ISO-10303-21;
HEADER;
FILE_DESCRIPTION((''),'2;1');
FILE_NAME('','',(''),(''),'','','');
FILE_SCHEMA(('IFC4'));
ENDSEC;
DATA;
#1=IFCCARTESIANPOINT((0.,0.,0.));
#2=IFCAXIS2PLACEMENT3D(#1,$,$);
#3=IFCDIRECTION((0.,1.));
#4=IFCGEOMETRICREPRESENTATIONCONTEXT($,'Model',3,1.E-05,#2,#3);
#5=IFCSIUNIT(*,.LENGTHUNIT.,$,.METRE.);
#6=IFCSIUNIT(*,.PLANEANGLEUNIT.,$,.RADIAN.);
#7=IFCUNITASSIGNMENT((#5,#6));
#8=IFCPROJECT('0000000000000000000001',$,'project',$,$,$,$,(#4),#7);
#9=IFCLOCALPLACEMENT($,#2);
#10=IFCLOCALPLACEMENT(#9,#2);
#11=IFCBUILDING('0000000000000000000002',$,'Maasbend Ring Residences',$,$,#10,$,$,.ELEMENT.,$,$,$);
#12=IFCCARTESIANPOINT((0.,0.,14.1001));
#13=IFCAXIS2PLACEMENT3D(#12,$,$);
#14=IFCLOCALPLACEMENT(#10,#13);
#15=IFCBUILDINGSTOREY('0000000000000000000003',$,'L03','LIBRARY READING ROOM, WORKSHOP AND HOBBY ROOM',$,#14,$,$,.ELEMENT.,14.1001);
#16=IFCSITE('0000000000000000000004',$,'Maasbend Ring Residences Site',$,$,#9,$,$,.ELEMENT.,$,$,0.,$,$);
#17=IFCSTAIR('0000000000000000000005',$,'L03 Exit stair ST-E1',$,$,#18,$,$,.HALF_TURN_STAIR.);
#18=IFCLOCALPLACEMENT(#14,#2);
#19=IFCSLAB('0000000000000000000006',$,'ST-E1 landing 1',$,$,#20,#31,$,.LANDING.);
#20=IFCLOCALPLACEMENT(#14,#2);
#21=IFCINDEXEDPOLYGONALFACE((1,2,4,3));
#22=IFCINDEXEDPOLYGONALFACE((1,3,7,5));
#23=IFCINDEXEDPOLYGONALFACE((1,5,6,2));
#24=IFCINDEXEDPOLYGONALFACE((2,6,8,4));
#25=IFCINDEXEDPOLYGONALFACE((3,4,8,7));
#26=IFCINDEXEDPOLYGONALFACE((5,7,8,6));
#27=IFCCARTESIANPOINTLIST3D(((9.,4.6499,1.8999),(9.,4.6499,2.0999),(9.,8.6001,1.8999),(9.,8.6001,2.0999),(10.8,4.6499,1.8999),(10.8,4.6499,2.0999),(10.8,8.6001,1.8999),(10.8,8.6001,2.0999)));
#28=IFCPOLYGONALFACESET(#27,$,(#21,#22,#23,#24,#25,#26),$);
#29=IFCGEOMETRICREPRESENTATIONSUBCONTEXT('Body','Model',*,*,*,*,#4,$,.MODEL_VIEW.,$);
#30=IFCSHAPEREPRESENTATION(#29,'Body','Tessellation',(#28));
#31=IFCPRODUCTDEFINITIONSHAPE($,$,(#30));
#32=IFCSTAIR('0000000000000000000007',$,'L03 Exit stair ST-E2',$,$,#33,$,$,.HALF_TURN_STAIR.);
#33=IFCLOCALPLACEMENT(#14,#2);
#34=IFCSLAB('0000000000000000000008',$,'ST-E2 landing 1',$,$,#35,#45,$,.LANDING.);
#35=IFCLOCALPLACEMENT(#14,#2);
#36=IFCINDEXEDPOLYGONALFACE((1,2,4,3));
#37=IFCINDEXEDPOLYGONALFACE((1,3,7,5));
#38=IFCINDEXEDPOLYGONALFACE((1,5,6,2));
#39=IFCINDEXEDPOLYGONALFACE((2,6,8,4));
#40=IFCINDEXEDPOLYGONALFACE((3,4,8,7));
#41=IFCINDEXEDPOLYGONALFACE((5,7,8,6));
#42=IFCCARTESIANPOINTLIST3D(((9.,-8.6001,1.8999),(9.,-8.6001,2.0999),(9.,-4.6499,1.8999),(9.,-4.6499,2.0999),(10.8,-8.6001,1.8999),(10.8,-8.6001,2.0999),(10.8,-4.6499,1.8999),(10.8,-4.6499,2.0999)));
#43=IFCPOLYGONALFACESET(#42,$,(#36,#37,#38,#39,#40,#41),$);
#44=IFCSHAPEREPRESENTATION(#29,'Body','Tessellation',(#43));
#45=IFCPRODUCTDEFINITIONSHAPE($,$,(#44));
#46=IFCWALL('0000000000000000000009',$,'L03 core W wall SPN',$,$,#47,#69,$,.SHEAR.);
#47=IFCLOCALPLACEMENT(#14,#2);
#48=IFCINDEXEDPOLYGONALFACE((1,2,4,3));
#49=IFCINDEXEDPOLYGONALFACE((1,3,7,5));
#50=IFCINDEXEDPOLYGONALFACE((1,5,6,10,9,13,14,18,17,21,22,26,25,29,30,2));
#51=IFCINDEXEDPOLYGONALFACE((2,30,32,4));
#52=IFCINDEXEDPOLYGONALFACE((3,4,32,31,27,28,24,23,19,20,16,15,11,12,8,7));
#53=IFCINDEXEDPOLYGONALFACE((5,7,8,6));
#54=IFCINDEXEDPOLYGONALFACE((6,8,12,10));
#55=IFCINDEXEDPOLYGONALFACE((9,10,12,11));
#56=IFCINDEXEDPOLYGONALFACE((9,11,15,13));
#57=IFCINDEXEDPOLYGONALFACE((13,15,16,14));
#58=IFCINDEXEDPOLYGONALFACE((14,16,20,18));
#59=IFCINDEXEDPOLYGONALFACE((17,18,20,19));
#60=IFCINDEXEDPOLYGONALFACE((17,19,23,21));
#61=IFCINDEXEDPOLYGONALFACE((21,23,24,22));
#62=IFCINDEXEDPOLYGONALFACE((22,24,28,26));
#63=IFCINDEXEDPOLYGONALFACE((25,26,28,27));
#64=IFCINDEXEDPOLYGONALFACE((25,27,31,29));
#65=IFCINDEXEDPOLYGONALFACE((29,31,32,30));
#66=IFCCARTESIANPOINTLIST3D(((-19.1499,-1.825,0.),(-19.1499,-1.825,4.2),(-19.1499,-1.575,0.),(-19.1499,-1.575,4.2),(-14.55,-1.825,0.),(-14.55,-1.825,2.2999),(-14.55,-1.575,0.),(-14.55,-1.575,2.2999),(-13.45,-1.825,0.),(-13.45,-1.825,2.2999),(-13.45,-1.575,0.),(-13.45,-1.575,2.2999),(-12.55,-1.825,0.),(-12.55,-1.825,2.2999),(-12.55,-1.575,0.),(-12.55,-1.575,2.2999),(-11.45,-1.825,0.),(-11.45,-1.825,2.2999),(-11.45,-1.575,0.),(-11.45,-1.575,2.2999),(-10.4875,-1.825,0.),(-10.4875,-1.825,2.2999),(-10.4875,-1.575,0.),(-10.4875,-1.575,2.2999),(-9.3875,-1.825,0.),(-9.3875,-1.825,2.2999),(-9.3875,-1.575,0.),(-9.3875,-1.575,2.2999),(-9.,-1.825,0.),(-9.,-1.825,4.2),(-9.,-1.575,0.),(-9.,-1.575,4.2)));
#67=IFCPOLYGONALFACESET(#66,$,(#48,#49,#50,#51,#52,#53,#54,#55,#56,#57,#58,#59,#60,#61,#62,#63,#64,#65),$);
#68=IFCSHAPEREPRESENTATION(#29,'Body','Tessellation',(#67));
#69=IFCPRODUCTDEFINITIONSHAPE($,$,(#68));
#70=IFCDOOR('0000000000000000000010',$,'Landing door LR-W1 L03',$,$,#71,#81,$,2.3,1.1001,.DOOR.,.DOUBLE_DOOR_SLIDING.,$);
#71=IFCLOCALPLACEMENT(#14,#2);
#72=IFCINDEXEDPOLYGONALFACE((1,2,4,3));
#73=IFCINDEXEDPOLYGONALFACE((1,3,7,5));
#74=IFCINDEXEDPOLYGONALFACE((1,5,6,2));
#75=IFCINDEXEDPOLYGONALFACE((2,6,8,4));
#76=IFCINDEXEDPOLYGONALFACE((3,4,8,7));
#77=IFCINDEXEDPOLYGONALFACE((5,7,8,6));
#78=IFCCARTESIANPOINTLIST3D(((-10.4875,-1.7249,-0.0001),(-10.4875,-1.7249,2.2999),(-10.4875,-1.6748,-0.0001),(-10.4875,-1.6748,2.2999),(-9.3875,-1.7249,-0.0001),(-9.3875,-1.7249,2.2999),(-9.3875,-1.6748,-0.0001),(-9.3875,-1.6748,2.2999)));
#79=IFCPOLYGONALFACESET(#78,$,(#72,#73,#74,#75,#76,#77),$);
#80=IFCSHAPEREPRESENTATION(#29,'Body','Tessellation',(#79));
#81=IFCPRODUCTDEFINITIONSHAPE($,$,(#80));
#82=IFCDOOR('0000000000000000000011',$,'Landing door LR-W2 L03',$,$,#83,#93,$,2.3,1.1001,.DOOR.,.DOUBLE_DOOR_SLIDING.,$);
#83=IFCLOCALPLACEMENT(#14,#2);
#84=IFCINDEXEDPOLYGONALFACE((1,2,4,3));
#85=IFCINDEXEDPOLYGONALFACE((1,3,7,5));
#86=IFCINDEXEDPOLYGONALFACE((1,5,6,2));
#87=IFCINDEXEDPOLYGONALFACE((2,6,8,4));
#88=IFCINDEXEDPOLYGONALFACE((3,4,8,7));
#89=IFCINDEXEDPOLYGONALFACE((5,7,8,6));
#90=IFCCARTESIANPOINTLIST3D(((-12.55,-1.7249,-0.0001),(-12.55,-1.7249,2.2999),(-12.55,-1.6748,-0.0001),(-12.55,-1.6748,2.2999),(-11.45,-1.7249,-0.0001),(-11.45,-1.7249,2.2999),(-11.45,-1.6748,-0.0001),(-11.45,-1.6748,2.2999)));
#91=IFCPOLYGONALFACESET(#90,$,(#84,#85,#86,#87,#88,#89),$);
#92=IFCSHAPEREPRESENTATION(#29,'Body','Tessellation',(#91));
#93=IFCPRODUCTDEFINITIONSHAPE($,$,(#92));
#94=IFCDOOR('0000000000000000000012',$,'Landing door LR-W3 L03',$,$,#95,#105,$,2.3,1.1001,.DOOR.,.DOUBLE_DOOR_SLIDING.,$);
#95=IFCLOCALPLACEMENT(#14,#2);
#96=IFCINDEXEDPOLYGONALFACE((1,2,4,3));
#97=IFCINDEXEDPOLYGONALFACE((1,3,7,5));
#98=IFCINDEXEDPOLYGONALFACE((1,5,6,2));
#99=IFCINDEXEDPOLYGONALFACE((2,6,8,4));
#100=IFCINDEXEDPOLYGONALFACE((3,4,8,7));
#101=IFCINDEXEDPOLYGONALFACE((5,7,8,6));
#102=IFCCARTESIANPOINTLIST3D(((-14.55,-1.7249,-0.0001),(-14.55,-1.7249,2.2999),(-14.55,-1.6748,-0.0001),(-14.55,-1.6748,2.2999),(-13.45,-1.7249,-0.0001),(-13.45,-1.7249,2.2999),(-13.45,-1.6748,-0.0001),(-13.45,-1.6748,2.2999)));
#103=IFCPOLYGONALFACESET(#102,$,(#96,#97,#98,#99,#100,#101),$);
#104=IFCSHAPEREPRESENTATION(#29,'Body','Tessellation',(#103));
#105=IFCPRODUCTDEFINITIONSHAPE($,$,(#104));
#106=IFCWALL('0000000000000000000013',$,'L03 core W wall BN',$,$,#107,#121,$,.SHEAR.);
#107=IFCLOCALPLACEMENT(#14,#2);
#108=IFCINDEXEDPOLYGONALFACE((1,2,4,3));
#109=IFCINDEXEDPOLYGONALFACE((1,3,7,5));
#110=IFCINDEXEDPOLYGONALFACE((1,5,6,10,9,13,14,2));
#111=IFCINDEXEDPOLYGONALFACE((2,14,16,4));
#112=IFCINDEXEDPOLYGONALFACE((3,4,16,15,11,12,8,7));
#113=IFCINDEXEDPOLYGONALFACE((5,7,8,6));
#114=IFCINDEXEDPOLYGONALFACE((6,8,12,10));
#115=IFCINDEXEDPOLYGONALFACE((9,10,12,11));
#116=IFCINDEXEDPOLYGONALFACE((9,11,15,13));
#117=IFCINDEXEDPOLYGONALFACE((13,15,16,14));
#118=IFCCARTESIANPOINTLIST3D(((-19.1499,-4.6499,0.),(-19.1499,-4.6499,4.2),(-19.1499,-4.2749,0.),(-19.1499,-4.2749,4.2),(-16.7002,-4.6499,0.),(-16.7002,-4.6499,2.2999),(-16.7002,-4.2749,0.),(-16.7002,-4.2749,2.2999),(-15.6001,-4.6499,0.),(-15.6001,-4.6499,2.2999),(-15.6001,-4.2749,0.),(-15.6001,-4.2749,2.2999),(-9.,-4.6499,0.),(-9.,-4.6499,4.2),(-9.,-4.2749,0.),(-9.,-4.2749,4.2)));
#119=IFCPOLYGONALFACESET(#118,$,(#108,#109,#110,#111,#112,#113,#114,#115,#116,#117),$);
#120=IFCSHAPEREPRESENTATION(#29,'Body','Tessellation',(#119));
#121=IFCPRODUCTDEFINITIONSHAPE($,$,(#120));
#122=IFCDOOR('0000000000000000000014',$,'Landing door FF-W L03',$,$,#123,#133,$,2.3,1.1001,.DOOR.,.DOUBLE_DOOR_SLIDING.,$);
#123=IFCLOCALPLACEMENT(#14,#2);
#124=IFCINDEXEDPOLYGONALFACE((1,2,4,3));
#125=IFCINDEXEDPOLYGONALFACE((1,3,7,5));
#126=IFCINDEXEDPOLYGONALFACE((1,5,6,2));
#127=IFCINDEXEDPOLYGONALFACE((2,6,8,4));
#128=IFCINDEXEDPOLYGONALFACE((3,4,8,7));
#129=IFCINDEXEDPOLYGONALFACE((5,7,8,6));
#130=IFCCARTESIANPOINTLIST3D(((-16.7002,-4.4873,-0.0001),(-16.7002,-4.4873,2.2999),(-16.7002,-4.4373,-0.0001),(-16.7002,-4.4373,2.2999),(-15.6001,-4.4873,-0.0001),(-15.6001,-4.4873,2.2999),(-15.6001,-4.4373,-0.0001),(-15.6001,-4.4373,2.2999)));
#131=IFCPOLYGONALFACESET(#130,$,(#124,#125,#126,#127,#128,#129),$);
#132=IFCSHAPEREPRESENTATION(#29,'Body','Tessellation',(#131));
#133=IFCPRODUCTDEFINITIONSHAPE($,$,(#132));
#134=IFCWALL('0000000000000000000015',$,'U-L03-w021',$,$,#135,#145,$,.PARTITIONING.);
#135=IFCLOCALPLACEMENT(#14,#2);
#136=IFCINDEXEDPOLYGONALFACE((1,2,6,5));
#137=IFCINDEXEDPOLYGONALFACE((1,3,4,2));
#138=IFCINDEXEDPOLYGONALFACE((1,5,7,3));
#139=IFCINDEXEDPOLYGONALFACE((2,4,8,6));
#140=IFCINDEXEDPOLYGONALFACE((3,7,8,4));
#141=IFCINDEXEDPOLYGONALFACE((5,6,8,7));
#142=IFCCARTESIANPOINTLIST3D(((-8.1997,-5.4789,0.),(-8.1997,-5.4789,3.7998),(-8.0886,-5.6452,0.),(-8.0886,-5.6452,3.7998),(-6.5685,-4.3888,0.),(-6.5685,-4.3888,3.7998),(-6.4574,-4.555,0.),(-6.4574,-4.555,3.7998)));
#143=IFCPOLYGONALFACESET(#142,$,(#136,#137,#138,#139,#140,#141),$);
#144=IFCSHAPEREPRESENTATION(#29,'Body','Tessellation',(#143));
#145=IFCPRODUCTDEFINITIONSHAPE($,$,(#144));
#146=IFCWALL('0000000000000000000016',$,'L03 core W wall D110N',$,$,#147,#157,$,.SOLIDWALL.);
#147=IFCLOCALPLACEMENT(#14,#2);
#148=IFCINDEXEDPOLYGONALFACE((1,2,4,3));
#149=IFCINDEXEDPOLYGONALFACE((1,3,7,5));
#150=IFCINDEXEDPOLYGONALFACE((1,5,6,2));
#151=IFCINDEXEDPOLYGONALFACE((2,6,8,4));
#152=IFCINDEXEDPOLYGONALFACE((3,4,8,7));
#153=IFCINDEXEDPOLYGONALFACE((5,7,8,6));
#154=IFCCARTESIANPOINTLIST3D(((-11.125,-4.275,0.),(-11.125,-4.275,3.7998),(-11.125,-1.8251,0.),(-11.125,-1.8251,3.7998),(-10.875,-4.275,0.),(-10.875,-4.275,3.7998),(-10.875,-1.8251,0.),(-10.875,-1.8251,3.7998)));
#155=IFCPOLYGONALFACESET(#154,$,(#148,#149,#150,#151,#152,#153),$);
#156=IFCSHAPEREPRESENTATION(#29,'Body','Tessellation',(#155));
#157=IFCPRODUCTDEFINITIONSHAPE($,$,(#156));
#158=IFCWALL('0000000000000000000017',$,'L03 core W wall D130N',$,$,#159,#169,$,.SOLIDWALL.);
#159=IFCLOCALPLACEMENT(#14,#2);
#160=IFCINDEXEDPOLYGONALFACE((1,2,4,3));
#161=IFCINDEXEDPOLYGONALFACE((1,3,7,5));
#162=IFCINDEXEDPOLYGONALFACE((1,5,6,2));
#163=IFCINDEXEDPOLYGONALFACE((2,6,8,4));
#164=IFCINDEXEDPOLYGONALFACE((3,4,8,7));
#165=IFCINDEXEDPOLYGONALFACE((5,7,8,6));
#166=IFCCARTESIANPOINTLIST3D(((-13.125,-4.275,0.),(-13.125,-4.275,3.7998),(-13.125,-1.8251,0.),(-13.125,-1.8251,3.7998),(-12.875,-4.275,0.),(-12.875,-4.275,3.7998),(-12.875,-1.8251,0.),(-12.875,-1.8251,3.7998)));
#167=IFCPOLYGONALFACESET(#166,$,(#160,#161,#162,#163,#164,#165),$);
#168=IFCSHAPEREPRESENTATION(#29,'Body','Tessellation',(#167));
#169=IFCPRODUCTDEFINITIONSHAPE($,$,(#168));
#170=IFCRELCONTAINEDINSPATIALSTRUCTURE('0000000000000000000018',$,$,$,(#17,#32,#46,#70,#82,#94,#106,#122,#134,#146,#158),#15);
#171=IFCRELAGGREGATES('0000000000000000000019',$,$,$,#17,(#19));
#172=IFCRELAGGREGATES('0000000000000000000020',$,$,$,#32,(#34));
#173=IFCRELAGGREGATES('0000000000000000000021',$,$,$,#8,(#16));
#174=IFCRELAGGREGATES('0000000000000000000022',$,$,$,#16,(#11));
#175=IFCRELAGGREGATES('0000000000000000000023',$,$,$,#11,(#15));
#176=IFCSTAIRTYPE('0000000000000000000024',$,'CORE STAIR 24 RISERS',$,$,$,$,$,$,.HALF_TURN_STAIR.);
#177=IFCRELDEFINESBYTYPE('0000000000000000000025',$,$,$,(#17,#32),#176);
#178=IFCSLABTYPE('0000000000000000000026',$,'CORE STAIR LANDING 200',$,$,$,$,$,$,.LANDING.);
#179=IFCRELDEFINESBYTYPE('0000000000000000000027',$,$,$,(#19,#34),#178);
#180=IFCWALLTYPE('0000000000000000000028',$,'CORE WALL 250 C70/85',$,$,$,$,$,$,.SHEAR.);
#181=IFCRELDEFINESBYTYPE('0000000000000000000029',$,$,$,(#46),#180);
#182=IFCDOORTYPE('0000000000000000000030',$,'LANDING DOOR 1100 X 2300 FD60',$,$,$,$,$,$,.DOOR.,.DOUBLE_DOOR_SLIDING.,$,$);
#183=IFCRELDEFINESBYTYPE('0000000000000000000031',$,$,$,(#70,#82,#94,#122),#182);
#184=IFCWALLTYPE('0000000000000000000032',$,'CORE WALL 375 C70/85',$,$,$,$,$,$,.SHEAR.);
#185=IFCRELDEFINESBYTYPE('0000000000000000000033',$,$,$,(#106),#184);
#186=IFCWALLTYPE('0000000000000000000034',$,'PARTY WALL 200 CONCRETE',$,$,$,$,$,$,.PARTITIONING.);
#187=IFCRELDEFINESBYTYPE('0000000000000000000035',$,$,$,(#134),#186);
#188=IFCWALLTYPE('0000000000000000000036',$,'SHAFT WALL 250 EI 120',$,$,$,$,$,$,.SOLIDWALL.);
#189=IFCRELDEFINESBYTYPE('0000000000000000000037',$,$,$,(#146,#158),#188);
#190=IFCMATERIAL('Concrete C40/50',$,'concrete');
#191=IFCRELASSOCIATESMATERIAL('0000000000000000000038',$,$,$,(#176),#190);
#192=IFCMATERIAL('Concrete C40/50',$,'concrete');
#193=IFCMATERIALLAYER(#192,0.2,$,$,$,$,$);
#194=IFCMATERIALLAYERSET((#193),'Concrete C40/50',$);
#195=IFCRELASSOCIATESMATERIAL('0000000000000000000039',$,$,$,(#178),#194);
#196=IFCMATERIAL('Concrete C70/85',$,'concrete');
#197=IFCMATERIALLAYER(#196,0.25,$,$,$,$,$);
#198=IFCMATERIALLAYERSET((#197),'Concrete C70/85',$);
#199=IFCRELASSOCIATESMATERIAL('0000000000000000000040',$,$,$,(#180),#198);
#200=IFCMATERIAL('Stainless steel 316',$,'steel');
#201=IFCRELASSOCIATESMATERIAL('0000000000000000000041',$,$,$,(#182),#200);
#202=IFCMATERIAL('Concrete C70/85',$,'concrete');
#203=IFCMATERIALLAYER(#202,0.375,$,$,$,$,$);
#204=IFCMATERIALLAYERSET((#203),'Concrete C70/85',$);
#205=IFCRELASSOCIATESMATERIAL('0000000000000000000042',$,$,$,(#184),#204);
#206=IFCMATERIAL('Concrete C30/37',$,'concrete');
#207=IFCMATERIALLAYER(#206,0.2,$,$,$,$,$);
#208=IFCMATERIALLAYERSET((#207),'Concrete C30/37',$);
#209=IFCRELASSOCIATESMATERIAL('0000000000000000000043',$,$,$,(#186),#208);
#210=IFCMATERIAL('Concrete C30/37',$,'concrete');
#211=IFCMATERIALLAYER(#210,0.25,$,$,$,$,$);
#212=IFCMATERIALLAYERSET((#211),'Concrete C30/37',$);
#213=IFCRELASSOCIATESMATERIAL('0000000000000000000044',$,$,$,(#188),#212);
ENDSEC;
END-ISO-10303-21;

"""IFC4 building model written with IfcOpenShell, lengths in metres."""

from ifc_helpers import new_model, si_unit, direction, frame, frame_2d, origin, place, context, subcontext, project, spatial, polyline, rectangle, outline, extrude, material, layer, layer_set, type_object, element, fill, aggregate, save


model = new_model("IFC4")

# Units and contexts
model_context = context("Model", 3, precision=1e-05, world=origin(), true_north=direction((0.0, 1.0)))
body_context = subcontext(model_context, "Body", "Model", "MODEL_VIEW")
ifc_project = project(units=[si_unit("LENGTHUNIT", "METRE"), si_unit("PLANEANGLEUNIT", "RADIAN")], contexts=[model_context])

# Site, building, storey
site_placement = place(None, origin())
site = spatial("IfcSite", under=ifc_project, at=site_placement, Name="Maasbend Ring Residences Site", CompositionType="ELEMENT", RefElevation=0.0)
building_placement = place(site_placement, origin())
building = spatial("IfcBuilding", under=site, at=building_placement, Name="Maasbend Ring Residences", CompositionType="ELEMENT")
storey_placement = place(building_placement, frame((0.0, 0.0, 14.1001)))
storey = spatial("IfcBuildingStorey", under=building, at=storey_placement, Name="L03", Description="LIBRARY READING ROOM, WORKSHOP AND HOBBY ROOM", CompositionType="ELEMENT", Elevation=14.1001)

# Stairs, slabs
ifc_material_1 = material(Name="Concrete C40/50", Category="concrete")
stair_type = type_object("IfcStairType", Name="CORE STAIR 24 RISERS", PredefinedType="HALF_TURN_STAIR", material=ifc_material_1)
stair_1_placement = place(storey_placement, origin())
stair_1 = element("IfcStair", 1, at=stair_1_placement, inside=storey, type_object=stair_type, Name="L03 Exit stair ST-E1", PredefinedType="HALF_TURN_STAIR")
ifc_material_2 = material(Name="Concrete C40/50", Category="concrete")
ifc_layer_1 = layer(ifc_material_2, 0.2)
ifc_layer_set_1 = layer_set([ifc_layer_1], Name="Concrete C40/50")
slab_type_1 = type_object("IfcSlabType", Name="CORE STAIR LANDING 200", PredefinedType="LANDING", material=ifc_layer_set_1)
slab_1_placement = place(storey_placement, frame((0.0, 0.0, 1.8999)))
slab_1 = element("IfcSlab", 2, at=slab_1_placement, type_object=slab_type_1, Name="ST-E1 landing 1", PredefinedType="LANDING", context=body_context, shape_type="SweptSolid", body=[
    extrude(outline(polyline([(10.8, 8.6001), (9.0, 8.6001), (9.0, 4.6499), (10.8, 4.6499), (10.8, 8.6001)])), origin(), (0.0, 0.0, 1.0), 0.2),
])
aggregate(stair_1, [slab_1])
stair_2_placement = place(storey_placement, origin())
stair_2 = element("IfcStair", 3, at=stair_2_placement, inside=storey, type_object=stair_type, Name="L03 Exit stair ST-E2", PredefinedType="HALF_TURN_STAIR")
slab_2_placement = place(storey_placement, frame((0.0, 0.0, 1.8999)))
slab_2 = element("IfcSlab", 4, at=slab_2_placement, type_object=slab_type_1, Name="ST-E2 landing 1", PredefinedType="LANDING", context=body_context, shape_type="SweptSolid", body=[
    extrude(outline(polyline([(10.8, -4.6499), (9.0, -4.6499), (9.0, -8.6001), (10.8, -8.6001), (10.8, -4.6499)])), origin(), (0.0, 0.0, 1.0), 0.2),
])
aggregate(stair_2, [slab_2])

# Wall, openings, doors
ifc_material_3 = material(Name="Concrete C70/85", Category="concrete")
ifc_layer_2 = layer(ifc_material_3, 0.25)
ifc_layer_set_2 = layer_set([ifc_layer_2], Name="Concrete C70/85")
wall_type_1 = type_object("IfcWallType", Name="CORE WALL 250 C70/85", PredefinedType="SHEAR", material=ifc_layer_set_2)
wall_1_placement = place(storey_placement, frame((-9.0, -1.7, 0.0), z_axis=(0.0, 0.0, 1.0), x_axis=(-1.0, 0.0, 0.0)))
wall_1 = element("IfcWall", 5, at=wall_1_placement, inside=storey, type_object=wall_type_1, Name="L03 core W wall SPN", PredefinedType="SHEAR", context=body_context, shape_type="SweptSolid", body=[
    extrude(rectangle(XDim=10.1499, YDim=0.25, at=frame_2d((5.075, 0.0))), origin(), (0.0, 0.0, 1.0), 4.2),
])
opening_1_placement = place(wall_1_placement, frame((0.3875, 0.0, 0.0)))
opening_1 = element("IfcOpeningElement", 6, at=opening_1_placement, cuts=wall_1, PredefinedType="OPENING", context=body_context, shape_type="SweptSolid", body=[
    extrude(rectangle(XDim=1.1001, YDim=2.3, at=frame_2d((0.55, 1.1499))), frame((0.0, 0.135, 0.0), z_axis=(0.0, -1.0, 0.0), x_axis=(1.0, 0.0, 0.0)), (0.0, 0.0, 1.0), 0.27),
])
opening_2_placement = place(wall_1_placement, frame((2.45, 0.0, 0.0)))
opening_2 = element("IfcOpeningElement", 7, at=opening_2_placement, cuts=wall_1, PredefinedType="OPENING", context=body_context, shape_type="SweptSolid", body=[
    extrude(rectangle(XDim=1.1001, YDim=2.3, at=frame_2d((0.55, 1.1499))), frame((0.0, 0.135, 0.0), z_axis=(0.0, -1.0, 0.0), x_axis=(1.0, 0.0, 0.0)), (0.0, 0.0, 1.0), 0.27),
])
opening_3_placement = place(wall_1_placement, frame((4.45, 0.0, 0.0)))
opening_3 = element("IfcOpeningElement", 8, at=opening_3_placement, cuts=wall_1, PredefinedType="OPENING", context=body_context, shape_type="SweptSolid", body=[
    extrude(rectangle(XDim=1.1001, YDim=2.3, at=frame_2d((0.55, 1.1499))), frame((0.0, 0.135, 0.0), z_axis=(0.0, -1.0, 0.0), x_axis=(1.0, 0.0, 0.0)), (0.0, 0.0, 1.0), 0.27),
])
ifc_material_4 = material(Name="Stainless steel 316", Category="steel")
door_type = type_object("IfcDoorType", Name="LANDING DOOR 1100 X 2300 FD60", OperationType="DOUBLE_DOOR_SLIDING", PredefinedType="DOOR", material=ifc_material_4)
door_1_placement = place(opening_1_placement, origin())
door_1 = element("IfcDoor", 9, at=door_1_placement, inside=storey, type_object=door_type, Name="Landing door LR-W1 L03", OperationType="DOUBLE_DOOR_SLIDING", OverallHeight=2.3, OverallWidth=1.1001, PredefinedType="DOOR", context=body_context, shape_type="SweptSolid", body=[
    extrude(rectangle(XDim=1.1001, YDim=2.3, at=frame_2d((0.55, 1.1499))), frame((0.0, 0.0249, 0.0), z_axis=(0.0, -1.0, 0.0), x_axis=(1.0, 0.0, 0.0)), (0.0, 0.0, 1.0), 0.05),
])
fill(opening_1, door_1)
door_2_placement = place(opening_2_placement, origin())
door_2 = element("IfcDoor", 10, at=door_2_placement, inside=storey, type_object=door_type, Name="Landing door LR-W2 L03", OperationType="DOUBLE_DOOR_SLIDING", OverallHeight=2.3, OverallWidth=1.1001, PredefinedType="DOOR", context=body_context, shape_type="SweptSolid", body=[
    extrude(rectangle(XDim=1.1001, YDim=2.3, at=frame_2d((0.55, 1.1499))), frame((0.0, 0.0249, 0.0), z_axis=(0.0, -1.0, 0.0), x_axis=(1.0, 0.0, 0.0)), (0.0, 0.0, 1.0), 0.05),
])
fill(opening_2, door_2)
door_3_placement = place(opening_3_placement, origin())
door_3 = element("IfcDoor", 11, at=door_3_placement, inside=storey, type_object=door_type, Name="Landing door LR-W3 L03", OperationType="DOUBLE_DOOR_SLIDING", OverallHeight=2.3, OverallWidth=1.1001, PredefinedType="DOOR", context=body_context, shape_type="SweptSolid", body=[
    extrude(rectangle(XDim=1.1001, YDim=2.3, at=frame_2d((0.55, 1.1499))), frame((0.0, 0.0249, 0.0), z_axis=(0.0, -1.0, 0.0), x_axis=(1.0, 0.0, 0.0)), (0.0, 0.0, 1.0), 0.05),
])
fill(opening_3, door_3)

# Wall, opening, door
ifc_material_5 = material(Name="Concrete C70/85", Category="concrete")
ifc_layer_3 = layer(ifc_material_5, 0.375)
ifc_layer_set_3 = layer_set([ifc_layer_3], Name="Concrete C70/85")
wall_type_2 = type_object("IfcWallType", Name="CORE WALL 375 C70/85", PredefinedType="SHEAR", material=ifc_layer_set_3)
wall_2_placement = place(storey_placement, frame((-9.0, -4.4624, 0.0), z_axis=(0.0, 0.0, 1.0), x_axis=(-1.0, 0.0, 0.0)))
wall_2 = element("IfcWall", 12, at=wall_2_placement, inside=storey, type_object=wall_type_2, Name="L03 core W wall BN", PredefinedType="SHEAR", context=body_context, shape_type="SweptSolid", body=[
    extrude(rectangle(XDim=10.1499, YDim=0.375, at=frame_2d((5.075, 0.0))), origin(), (0.0, 0.0, 1.0), 4.2),
])
opening_4_placement = place(wall_2_placement, frame((6.6001, 0.0, 0.0)))
opening_4 = element("IfcOpeningElement", 13, at=opening_4_placement, cuts=wall_2, PredefinedType="OPENING", context=body_context, shape_type="SweptSolid", body=[
    extrude(rectangle(XDim=1.1001, YDim=2.3, at=frame_2d((0.55, 1.1499))), frame((0.0, 0.1975, 0.0), z_axis=(0.0, -1.0, 0.0), x_axis=(1.0, 0.0, 0.0)), (0.0, 0.0, 1.0), 0.395),
])
door_4_placement = place(opening_4_placement, origin())
door_4 = element("IfcDoor", 14, at=door_4_placement, inside=storey, type_object=door_type, Name="Landing door FF-W L03", OperationType="DOUBLE_DOOR_SLIDING", OverallHeight=2.3, OverallWidth=1.1001, PredefinedType="DOOR", context=body_context, shape_type="SweptSolid", body=[
    extrude(rectangle(XDim=1.1001, YDim=2.3, at=frame_2d((0.55, 1.1499))), frame((0.0, 0.0249, 0.0), z_axis=(0.0, -1.0, 0.0), x_axis=(1.0, 0.0, 0.0)), (0.0, 0.0, 1.0), 0.05),
])
fill(opening_4, door_4)

# Walls
ifc_material_6 = material(Name="Concrete C30/37", Category="concrete")
ifc_layer_4 = layer(ifc_material_6, 0.2)
ifc_layer_set_4 = layer_set([ifc_layer_4], Name="Concrete C30/37")
wall_type_3 = type_object("IfcWallType", Name="PARTY WALL 200 CONCRETE", PredefinedType="PARTITIONING", material=ifc_layer_set_4)
wall_3_placement = place(storey_placement, frame((-6.5129, -4.4719, 0.0), z_axis=(0.0, 0.0, 1.0), x_axis=(-0.831418, -0.555648, 0.0)))
element("IfcWall", 15, at=wall_3_placement, inside=storey, type_object=wall_type_3, Name="U-L03-w021", PredefinedType="PARTITIONING", context=body_context, shape_type="SweptSolid", body=[
    extrude(rectangle(XDim=1.9619, YDim=0.2, at=frame_2d((0.981, 0.0))), origin(), (0.0, 0.0, 1.0), 3.7998),
])
ifc_material_7 = material(Name="Concrete C30/37", Category="concrete")
ifc_layer_5 = layer(ifc_material_7, 0.25)
ifc_layer_set_5 = layer_set([ifc_layer_5], Name="Concrete C30/37")
wall_type_4 = type_object("IfcWallType", Name="SHAFT WALL 250 EI 120", PredefinedType="SOLIDWALL", material=ifc_layer_set_5)
for number, where, z_axis, x_axis, name in (
    (16, (-11.0, -1.825, 0.0), (0.0, 0.0, 1.0), (0.0, -1.0, 0.0), "L03 core W wall D110N"),
    (17, (-13.0, -1.825, 0.0), (0.0, 0.0, 1.0), (0.0, -1.0, 0.0), "L03 core W wall D130N"),
):
    element("IfcWall", number, at=place(storey_placement, frame(where, z_axis=z_axis, x_axis=x_axis)), inside=storey, type_object=wall_type_4, Name=name, PredefinedType="SOLIDWALL", context=body_context, shape_type="SweptSolid", body=[
        extrude(rectangle(XDim=2.45, YDim=0.25, at=frame_2d((1.2251, 0.0))), origin(), (0.0, 0.0, 1.0), 3.7998),
    ])

save(model, "model.ifc")
